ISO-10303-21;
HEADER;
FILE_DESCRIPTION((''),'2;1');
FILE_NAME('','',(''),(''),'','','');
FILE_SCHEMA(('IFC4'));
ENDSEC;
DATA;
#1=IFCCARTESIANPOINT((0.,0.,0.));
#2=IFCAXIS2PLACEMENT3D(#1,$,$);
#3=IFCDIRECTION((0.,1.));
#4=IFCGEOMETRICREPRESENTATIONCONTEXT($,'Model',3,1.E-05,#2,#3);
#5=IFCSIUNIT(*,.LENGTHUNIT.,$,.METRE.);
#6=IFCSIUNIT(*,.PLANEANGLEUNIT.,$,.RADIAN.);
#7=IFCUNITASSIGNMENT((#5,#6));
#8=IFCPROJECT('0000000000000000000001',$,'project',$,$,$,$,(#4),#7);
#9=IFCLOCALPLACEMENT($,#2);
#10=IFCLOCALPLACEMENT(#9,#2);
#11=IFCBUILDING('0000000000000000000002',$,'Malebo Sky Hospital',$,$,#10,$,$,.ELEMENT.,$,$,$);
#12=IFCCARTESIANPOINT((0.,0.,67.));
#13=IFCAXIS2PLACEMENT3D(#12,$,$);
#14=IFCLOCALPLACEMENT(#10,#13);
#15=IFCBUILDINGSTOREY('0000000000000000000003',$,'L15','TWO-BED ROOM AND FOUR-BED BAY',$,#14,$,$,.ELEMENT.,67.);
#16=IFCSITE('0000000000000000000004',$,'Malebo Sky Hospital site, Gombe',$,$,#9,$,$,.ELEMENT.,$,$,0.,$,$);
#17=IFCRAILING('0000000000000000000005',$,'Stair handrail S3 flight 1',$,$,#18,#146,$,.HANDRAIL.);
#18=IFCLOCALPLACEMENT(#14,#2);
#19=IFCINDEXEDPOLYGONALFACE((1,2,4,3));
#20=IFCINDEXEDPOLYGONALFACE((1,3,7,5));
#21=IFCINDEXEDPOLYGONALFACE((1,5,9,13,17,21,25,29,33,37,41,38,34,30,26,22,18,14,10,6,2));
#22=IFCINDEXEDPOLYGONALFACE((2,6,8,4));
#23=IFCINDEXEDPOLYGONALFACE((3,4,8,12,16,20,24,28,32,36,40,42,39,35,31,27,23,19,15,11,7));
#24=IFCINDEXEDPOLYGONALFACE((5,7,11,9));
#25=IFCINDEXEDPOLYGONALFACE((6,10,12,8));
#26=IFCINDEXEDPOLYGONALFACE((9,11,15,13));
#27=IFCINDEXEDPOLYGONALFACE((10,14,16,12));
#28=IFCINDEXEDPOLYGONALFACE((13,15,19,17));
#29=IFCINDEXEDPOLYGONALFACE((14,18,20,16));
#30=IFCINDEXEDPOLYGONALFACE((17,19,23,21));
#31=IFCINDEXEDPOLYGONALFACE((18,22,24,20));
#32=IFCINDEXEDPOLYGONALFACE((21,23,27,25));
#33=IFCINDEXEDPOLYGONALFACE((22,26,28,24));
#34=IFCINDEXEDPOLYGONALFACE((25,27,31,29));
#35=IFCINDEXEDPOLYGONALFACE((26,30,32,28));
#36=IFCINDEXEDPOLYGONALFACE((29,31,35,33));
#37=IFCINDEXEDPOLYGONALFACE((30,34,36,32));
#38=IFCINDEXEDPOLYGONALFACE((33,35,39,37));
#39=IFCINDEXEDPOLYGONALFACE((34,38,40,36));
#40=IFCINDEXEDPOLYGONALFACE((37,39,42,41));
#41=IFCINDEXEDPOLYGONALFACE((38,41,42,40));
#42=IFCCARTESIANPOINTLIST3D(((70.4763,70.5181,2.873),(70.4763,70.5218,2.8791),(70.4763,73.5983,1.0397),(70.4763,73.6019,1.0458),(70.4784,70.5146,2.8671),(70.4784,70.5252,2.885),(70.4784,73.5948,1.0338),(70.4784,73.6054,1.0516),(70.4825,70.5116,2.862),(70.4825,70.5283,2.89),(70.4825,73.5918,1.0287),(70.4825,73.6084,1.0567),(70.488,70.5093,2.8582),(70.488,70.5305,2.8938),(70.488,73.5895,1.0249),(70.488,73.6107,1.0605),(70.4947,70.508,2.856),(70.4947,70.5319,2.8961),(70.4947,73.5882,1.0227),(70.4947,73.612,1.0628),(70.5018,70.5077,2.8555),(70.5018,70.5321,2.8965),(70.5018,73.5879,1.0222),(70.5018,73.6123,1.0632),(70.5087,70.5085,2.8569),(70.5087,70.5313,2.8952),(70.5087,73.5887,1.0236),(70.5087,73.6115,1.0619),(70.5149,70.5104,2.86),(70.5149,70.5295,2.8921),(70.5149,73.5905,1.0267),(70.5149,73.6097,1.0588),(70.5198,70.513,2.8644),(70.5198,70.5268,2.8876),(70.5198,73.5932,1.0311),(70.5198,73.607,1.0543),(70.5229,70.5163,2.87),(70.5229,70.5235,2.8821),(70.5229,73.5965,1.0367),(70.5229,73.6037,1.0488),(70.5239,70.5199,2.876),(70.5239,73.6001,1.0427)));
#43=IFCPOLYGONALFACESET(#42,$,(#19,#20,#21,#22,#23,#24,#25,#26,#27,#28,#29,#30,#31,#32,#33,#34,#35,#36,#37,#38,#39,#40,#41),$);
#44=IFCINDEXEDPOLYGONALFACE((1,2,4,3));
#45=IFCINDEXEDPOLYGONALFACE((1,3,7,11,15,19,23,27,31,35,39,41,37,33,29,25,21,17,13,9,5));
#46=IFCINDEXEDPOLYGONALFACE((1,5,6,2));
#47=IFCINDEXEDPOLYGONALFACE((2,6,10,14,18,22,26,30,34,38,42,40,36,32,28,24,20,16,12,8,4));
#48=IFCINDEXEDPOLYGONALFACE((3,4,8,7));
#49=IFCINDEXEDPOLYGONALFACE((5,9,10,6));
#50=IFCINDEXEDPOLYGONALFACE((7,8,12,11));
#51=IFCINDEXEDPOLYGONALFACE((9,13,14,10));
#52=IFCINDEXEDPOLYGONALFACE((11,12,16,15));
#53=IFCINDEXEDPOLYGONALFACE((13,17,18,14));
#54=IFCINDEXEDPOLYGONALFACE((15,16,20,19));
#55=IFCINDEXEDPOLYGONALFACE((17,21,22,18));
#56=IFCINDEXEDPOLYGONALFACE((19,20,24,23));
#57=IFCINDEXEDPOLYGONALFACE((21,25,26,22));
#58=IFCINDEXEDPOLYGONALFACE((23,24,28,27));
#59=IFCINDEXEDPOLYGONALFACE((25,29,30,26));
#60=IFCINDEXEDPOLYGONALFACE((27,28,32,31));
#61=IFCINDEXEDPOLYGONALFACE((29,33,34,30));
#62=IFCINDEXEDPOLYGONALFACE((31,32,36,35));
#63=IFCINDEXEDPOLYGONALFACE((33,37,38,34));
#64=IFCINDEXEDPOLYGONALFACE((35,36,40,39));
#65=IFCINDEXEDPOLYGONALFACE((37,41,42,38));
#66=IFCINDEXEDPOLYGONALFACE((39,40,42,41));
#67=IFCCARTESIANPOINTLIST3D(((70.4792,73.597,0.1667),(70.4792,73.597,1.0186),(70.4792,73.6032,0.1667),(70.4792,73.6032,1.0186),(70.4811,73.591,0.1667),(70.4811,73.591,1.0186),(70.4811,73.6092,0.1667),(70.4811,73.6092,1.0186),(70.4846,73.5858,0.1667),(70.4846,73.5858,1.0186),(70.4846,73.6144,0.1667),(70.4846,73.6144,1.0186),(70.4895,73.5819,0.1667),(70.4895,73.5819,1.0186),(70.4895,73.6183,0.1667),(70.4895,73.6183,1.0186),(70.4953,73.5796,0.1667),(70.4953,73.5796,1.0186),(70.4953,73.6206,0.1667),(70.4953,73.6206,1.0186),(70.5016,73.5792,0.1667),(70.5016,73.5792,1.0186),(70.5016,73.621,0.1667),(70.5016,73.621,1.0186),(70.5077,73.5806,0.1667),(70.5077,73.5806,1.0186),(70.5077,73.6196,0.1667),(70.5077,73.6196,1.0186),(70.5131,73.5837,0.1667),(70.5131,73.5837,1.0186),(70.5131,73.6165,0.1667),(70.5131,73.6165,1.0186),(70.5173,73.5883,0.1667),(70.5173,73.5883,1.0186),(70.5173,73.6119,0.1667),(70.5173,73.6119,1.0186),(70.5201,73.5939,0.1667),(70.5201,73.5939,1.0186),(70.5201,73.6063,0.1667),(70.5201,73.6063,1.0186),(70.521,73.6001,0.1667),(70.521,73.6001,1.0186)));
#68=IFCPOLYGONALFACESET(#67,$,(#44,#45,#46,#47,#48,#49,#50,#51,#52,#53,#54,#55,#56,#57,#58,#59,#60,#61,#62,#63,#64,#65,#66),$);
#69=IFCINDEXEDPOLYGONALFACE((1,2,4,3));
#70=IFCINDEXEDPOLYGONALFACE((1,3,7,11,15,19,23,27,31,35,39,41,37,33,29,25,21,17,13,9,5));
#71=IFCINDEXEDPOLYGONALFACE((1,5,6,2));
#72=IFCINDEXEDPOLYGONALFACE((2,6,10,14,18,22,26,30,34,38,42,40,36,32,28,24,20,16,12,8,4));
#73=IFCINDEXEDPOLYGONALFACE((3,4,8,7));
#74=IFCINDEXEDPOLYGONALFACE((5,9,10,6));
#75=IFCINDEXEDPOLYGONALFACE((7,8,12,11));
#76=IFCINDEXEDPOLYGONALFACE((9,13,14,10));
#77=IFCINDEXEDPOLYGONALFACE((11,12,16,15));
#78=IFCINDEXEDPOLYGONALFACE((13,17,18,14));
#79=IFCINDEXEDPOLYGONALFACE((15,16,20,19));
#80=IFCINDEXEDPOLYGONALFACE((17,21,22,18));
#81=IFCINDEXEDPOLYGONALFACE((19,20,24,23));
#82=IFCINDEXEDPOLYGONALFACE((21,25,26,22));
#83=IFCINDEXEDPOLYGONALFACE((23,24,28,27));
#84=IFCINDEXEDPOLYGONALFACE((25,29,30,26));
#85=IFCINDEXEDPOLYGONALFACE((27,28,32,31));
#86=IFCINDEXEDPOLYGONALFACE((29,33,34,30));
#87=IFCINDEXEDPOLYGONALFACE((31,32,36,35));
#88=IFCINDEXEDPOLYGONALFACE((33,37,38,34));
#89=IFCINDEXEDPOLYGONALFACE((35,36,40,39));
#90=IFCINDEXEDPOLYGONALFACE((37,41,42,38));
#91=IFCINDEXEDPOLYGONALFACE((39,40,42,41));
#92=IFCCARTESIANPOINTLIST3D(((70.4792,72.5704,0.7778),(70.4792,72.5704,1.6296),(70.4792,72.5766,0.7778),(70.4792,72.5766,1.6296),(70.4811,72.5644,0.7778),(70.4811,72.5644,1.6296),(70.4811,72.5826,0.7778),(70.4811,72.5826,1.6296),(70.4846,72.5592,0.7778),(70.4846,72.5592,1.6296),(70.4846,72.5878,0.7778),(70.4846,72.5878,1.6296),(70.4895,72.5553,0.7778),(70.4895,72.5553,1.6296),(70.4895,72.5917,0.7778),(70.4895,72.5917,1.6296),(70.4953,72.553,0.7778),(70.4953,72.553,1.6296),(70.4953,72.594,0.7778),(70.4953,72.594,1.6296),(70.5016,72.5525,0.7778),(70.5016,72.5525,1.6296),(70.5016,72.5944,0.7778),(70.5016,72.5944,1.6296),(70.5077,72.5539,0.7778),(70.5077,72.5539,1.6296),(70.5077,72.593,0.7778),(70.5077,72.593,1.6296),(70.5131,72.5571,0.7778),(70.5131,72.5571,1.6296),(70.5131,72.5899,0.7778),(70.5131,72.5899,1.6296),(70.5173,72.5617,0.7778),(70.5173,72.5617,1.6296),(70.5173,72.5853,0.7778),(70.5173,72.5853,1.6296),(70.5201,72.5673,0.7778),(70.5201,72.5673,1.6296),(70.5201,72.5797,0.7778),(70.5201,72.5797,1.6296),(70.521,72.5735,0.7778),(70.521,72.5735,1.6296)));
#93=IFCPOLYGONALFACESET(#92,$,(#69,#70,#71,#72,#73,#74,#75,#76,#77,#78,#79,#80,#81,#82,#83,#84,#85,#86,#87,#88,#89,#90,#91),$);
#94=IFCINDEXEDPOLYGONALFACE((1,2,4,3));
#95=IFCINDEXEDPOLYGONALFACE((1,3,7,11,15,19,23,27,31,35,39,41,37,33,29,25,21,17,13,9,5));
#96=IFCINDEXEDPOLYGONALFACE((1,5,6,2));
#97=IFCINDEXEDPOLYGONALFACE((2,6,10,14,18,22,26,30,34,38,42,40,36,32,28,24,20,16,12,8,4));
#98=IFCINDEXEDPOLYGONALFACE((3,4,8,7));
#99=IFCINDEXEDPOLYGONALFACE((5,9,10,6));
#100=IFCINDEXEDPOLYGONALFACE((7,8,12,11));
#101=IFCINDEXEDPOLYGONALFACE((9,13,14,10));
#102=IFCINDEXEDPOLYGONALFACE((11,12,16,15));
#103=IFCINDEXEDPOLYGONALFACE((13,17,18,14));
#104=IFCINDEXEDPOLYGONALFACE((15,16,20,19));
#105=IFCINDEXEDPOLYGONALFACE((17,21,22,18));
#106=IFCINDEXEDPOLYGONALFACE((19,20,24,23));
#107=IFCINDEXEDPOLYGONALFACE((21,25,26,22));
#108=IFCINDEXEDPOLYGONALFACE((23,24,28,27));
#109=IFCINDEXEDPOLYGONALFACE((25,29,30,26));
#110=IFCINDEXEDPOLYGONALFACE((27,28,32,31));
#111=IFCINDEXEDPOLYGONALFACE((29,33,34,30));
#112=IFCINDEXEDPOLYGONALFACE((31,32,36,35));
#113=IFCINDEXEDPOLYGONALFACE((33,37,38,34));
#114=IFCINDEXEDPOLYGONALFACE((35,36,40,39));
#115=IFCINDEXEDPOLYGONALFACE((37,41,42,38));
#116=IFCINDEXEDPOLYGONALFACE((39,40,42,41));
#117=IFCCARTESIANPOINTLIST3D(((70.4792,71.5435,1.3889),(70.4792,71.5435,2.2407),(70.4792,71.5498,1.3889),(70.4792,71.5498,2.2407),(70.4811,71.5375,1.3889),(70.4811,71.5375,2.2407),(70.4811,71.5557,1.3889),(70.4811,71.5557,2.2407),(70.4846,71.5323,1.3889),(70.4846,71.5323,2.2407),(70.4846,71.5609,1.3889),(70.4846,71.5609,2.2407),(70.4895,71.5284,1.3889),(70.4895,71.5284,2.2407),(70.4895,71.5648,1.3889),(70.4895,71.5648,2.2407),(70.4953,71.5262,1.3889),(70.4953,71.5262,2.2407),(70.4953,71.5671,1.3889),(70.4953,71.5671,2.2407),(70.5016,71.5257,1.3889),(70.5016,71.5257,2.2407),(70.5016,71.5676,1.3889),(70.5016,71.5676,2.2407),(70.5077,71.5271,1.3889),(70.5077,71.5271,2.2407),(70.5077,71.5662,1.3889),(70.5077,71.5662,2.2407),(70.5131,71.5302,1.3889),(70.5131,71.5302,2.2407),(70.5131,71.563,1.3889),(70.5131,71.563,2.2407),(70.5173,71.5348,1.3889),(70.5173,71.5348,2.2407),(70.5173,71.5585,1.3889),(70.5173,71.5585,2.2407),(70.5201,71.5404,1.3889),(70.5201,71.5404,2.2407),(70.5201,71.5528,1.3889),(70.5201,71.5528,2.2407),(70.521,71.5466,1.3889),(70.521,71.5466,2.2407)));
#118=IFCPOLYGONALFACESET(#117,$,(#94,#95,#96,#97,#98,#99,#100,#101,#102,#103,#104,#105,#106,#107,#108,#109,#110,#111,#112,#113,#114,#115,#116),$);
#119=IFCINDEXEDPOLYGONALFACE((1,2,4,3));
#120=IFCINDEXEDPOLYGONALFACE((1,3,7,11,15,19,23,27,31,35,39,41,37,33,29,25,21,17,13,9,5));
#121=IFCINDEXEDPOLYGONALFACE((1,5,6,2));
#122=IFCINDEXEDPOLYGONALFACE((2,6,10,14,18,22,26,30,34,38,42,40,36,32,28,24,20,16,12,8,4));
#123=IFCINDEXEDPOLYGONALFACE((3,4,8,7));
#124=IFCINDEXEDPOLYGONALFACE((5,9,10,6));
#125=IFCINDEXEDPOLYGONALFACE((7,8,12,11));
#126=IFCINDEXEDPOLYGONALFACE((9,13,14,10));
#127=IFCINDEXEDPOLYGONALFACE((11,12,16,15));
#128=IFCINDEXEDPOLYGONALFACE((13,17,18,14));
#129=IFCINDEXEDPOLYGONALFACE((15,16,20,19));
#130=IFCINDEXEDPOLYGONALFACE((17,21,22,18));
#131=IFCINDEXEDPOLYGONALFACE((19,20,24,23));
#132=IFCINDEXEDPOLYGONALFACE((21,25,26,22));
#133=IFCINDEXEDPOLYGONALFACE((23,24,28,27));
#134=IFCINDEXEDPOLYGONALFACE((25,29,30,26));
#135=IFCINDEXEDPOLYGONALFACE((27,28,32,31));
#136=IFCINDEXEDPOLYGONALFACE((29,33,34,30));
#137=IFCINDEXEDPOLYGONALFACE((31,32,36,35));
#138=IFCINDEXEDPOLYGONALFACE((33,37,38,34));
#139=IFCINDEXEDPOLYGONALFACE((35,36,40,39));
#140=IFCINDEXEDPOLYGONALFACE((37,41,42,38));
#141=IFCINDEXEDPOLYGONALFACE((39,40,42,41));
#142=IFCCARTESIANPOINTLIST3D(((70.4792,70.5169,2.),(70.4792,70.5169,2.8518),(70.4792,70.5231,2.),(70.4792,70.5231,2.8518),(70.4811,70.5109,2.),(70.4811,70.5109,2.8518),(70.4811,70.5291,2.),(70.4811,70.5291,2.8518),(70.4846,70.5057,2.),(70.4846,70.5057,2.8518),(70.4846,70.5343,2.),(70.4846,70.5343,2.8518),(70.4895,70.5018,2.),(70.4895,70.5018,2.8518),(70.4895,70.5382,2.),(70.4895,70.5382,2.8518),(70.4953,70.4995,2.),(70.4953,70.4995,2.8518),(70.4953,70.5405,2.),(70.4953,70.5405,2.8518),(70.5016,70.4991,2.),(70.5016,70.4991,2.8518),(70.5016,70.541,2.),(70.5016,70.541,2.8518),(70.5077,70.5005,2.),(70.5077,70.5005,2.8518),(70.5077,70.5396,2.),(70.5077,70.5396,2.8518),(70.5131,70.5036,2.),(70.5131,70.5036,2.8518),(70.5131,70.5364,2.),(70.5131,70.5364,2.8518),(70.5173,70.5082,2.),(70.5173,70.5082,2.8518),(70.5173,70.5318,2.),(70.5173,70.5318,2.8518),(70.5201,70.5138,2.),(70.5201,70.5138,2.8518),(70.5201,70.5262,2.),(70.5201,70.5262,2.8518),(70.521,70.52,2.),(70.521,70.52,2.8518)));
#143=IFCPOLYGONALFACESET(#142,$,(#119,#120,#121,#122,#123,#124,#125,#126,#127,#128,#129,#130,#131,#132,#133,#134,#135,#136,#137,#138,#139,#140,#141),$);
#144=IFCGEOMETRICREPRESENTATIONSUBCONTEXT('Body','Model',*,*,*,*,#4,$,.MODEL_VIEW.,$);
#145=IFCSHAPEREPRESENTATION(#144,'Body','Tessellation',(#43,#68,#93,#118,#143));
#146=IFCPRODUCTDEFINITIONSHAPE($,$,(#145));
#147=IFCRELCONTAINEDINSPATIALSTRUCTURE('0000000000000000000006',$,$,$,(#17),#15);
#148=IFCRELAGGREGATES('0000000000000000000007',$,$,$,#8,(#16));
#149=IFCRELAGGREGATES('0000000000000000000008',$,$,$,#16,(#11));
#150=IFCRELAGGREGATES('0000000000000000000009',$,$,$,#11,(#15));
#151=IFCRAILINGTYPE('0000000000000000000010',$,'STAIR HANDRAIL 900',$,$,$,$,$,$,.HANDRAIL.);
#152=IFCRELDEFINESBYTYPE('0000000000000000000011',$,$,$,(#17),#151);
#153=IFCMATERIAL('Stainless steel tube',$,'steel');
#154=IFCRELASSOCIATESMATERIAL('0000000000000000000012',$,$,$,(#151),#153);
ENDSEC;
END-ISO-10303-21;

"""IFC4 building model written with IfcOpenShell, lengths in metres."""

from ifc_helpers import new_model, si_unit, direction, frame, origin, origin_2d, place, context, subcontext, project, spatial, circle, extrude, material, type_object, element, save


model = new_model("IFC4")

# Units and contexts
model_context = context("Model", 3, precision=1e-05, world=origin(), true_north=direction((0.0, 1.0)))
body_context = subcontext(model_context, "Body", "Model", "MODEL_VIEW")
ifc_project = project(units=[si_unit("LENGTHUNIT", "METRE"), si_unit("PLANEANGLEUNIT", "RADIAN")], contexts=[model_context])

# Site, building, storey
site_placement = place(None, origin())
site = spatial("IfcSite", under=ifc_project, at=site_placement, Name="Malebo Sky Hospital site, Gombe", CompositionType="ELEMENT", RefElevation=0.0)
building_placement = place(site_placement, origin())
building = spatial("IfcBuilding", under=site, at=building_placement, Name="Malebo Sky Hospital", CompositionType="ELEMENT")
storey_placement = place(building_placement, frame((0.0, 0.0, 67.0)))
storey = spatial("IfcBuildingStorey", under=building, at=storey_placement, Name="L15", Description="TWO-BED ROOM AND FOUR-BED BAY", CompositionType="ELEMENT", Elevation=67.0)

# Railing
ifc_material_1 = material(Name="Stainless steel tube", Category="steel")
railing_type = type_object("IfcRailingType", Name="STAIR HANDRAIL 900", PredefinedType="HANDRAIL", material=ifc_material_1)
railing_1_placement = place(storey_placement, frame((70.5, 73.6001, 0.1667)))
element("IfcRailing", 1, at=railing_1_placement, inside=storey, type_object=railing_type, Name="Stair handrail S3 flight 1", PredefinedType="HANDRAIL", context=body_context, shape_type="SweptSolid", body=[
    extrude(circle(Radius=0.0239, at=origin_2d()), frame((0.0, 0.0, 0.876), z_axis=(0.0, -0.859309, 0.511458), x_axis=(1.0, 0.0, 0.0)), (0.0, 0.0, 1.0), 3.5845),
    extrude(circle(Radius=0.021, at=origin_2d()), origin(), (0.0, 0.0, 1.0), 0.8518),
    extrude(circle(Radius=0.021, at=origin_2d()), frame((0.0, -1.0266, 0.6111)), (0.0, 0.0, 1.0), 0.8518),
    extrude(circle(Radius=0.021, at=origin_2d()), frame((0.0, -2.0535, 1.2222)), (0.0, 0.0, 1.0), 0.8518),
    extrude(circle(Radius=0.021, at=origin_2d()), frame((0.0, -3.0801, 1.8333)), (0.0, 0.0, 1.0), 0.8518),
])

save(model, "model.ifc")
